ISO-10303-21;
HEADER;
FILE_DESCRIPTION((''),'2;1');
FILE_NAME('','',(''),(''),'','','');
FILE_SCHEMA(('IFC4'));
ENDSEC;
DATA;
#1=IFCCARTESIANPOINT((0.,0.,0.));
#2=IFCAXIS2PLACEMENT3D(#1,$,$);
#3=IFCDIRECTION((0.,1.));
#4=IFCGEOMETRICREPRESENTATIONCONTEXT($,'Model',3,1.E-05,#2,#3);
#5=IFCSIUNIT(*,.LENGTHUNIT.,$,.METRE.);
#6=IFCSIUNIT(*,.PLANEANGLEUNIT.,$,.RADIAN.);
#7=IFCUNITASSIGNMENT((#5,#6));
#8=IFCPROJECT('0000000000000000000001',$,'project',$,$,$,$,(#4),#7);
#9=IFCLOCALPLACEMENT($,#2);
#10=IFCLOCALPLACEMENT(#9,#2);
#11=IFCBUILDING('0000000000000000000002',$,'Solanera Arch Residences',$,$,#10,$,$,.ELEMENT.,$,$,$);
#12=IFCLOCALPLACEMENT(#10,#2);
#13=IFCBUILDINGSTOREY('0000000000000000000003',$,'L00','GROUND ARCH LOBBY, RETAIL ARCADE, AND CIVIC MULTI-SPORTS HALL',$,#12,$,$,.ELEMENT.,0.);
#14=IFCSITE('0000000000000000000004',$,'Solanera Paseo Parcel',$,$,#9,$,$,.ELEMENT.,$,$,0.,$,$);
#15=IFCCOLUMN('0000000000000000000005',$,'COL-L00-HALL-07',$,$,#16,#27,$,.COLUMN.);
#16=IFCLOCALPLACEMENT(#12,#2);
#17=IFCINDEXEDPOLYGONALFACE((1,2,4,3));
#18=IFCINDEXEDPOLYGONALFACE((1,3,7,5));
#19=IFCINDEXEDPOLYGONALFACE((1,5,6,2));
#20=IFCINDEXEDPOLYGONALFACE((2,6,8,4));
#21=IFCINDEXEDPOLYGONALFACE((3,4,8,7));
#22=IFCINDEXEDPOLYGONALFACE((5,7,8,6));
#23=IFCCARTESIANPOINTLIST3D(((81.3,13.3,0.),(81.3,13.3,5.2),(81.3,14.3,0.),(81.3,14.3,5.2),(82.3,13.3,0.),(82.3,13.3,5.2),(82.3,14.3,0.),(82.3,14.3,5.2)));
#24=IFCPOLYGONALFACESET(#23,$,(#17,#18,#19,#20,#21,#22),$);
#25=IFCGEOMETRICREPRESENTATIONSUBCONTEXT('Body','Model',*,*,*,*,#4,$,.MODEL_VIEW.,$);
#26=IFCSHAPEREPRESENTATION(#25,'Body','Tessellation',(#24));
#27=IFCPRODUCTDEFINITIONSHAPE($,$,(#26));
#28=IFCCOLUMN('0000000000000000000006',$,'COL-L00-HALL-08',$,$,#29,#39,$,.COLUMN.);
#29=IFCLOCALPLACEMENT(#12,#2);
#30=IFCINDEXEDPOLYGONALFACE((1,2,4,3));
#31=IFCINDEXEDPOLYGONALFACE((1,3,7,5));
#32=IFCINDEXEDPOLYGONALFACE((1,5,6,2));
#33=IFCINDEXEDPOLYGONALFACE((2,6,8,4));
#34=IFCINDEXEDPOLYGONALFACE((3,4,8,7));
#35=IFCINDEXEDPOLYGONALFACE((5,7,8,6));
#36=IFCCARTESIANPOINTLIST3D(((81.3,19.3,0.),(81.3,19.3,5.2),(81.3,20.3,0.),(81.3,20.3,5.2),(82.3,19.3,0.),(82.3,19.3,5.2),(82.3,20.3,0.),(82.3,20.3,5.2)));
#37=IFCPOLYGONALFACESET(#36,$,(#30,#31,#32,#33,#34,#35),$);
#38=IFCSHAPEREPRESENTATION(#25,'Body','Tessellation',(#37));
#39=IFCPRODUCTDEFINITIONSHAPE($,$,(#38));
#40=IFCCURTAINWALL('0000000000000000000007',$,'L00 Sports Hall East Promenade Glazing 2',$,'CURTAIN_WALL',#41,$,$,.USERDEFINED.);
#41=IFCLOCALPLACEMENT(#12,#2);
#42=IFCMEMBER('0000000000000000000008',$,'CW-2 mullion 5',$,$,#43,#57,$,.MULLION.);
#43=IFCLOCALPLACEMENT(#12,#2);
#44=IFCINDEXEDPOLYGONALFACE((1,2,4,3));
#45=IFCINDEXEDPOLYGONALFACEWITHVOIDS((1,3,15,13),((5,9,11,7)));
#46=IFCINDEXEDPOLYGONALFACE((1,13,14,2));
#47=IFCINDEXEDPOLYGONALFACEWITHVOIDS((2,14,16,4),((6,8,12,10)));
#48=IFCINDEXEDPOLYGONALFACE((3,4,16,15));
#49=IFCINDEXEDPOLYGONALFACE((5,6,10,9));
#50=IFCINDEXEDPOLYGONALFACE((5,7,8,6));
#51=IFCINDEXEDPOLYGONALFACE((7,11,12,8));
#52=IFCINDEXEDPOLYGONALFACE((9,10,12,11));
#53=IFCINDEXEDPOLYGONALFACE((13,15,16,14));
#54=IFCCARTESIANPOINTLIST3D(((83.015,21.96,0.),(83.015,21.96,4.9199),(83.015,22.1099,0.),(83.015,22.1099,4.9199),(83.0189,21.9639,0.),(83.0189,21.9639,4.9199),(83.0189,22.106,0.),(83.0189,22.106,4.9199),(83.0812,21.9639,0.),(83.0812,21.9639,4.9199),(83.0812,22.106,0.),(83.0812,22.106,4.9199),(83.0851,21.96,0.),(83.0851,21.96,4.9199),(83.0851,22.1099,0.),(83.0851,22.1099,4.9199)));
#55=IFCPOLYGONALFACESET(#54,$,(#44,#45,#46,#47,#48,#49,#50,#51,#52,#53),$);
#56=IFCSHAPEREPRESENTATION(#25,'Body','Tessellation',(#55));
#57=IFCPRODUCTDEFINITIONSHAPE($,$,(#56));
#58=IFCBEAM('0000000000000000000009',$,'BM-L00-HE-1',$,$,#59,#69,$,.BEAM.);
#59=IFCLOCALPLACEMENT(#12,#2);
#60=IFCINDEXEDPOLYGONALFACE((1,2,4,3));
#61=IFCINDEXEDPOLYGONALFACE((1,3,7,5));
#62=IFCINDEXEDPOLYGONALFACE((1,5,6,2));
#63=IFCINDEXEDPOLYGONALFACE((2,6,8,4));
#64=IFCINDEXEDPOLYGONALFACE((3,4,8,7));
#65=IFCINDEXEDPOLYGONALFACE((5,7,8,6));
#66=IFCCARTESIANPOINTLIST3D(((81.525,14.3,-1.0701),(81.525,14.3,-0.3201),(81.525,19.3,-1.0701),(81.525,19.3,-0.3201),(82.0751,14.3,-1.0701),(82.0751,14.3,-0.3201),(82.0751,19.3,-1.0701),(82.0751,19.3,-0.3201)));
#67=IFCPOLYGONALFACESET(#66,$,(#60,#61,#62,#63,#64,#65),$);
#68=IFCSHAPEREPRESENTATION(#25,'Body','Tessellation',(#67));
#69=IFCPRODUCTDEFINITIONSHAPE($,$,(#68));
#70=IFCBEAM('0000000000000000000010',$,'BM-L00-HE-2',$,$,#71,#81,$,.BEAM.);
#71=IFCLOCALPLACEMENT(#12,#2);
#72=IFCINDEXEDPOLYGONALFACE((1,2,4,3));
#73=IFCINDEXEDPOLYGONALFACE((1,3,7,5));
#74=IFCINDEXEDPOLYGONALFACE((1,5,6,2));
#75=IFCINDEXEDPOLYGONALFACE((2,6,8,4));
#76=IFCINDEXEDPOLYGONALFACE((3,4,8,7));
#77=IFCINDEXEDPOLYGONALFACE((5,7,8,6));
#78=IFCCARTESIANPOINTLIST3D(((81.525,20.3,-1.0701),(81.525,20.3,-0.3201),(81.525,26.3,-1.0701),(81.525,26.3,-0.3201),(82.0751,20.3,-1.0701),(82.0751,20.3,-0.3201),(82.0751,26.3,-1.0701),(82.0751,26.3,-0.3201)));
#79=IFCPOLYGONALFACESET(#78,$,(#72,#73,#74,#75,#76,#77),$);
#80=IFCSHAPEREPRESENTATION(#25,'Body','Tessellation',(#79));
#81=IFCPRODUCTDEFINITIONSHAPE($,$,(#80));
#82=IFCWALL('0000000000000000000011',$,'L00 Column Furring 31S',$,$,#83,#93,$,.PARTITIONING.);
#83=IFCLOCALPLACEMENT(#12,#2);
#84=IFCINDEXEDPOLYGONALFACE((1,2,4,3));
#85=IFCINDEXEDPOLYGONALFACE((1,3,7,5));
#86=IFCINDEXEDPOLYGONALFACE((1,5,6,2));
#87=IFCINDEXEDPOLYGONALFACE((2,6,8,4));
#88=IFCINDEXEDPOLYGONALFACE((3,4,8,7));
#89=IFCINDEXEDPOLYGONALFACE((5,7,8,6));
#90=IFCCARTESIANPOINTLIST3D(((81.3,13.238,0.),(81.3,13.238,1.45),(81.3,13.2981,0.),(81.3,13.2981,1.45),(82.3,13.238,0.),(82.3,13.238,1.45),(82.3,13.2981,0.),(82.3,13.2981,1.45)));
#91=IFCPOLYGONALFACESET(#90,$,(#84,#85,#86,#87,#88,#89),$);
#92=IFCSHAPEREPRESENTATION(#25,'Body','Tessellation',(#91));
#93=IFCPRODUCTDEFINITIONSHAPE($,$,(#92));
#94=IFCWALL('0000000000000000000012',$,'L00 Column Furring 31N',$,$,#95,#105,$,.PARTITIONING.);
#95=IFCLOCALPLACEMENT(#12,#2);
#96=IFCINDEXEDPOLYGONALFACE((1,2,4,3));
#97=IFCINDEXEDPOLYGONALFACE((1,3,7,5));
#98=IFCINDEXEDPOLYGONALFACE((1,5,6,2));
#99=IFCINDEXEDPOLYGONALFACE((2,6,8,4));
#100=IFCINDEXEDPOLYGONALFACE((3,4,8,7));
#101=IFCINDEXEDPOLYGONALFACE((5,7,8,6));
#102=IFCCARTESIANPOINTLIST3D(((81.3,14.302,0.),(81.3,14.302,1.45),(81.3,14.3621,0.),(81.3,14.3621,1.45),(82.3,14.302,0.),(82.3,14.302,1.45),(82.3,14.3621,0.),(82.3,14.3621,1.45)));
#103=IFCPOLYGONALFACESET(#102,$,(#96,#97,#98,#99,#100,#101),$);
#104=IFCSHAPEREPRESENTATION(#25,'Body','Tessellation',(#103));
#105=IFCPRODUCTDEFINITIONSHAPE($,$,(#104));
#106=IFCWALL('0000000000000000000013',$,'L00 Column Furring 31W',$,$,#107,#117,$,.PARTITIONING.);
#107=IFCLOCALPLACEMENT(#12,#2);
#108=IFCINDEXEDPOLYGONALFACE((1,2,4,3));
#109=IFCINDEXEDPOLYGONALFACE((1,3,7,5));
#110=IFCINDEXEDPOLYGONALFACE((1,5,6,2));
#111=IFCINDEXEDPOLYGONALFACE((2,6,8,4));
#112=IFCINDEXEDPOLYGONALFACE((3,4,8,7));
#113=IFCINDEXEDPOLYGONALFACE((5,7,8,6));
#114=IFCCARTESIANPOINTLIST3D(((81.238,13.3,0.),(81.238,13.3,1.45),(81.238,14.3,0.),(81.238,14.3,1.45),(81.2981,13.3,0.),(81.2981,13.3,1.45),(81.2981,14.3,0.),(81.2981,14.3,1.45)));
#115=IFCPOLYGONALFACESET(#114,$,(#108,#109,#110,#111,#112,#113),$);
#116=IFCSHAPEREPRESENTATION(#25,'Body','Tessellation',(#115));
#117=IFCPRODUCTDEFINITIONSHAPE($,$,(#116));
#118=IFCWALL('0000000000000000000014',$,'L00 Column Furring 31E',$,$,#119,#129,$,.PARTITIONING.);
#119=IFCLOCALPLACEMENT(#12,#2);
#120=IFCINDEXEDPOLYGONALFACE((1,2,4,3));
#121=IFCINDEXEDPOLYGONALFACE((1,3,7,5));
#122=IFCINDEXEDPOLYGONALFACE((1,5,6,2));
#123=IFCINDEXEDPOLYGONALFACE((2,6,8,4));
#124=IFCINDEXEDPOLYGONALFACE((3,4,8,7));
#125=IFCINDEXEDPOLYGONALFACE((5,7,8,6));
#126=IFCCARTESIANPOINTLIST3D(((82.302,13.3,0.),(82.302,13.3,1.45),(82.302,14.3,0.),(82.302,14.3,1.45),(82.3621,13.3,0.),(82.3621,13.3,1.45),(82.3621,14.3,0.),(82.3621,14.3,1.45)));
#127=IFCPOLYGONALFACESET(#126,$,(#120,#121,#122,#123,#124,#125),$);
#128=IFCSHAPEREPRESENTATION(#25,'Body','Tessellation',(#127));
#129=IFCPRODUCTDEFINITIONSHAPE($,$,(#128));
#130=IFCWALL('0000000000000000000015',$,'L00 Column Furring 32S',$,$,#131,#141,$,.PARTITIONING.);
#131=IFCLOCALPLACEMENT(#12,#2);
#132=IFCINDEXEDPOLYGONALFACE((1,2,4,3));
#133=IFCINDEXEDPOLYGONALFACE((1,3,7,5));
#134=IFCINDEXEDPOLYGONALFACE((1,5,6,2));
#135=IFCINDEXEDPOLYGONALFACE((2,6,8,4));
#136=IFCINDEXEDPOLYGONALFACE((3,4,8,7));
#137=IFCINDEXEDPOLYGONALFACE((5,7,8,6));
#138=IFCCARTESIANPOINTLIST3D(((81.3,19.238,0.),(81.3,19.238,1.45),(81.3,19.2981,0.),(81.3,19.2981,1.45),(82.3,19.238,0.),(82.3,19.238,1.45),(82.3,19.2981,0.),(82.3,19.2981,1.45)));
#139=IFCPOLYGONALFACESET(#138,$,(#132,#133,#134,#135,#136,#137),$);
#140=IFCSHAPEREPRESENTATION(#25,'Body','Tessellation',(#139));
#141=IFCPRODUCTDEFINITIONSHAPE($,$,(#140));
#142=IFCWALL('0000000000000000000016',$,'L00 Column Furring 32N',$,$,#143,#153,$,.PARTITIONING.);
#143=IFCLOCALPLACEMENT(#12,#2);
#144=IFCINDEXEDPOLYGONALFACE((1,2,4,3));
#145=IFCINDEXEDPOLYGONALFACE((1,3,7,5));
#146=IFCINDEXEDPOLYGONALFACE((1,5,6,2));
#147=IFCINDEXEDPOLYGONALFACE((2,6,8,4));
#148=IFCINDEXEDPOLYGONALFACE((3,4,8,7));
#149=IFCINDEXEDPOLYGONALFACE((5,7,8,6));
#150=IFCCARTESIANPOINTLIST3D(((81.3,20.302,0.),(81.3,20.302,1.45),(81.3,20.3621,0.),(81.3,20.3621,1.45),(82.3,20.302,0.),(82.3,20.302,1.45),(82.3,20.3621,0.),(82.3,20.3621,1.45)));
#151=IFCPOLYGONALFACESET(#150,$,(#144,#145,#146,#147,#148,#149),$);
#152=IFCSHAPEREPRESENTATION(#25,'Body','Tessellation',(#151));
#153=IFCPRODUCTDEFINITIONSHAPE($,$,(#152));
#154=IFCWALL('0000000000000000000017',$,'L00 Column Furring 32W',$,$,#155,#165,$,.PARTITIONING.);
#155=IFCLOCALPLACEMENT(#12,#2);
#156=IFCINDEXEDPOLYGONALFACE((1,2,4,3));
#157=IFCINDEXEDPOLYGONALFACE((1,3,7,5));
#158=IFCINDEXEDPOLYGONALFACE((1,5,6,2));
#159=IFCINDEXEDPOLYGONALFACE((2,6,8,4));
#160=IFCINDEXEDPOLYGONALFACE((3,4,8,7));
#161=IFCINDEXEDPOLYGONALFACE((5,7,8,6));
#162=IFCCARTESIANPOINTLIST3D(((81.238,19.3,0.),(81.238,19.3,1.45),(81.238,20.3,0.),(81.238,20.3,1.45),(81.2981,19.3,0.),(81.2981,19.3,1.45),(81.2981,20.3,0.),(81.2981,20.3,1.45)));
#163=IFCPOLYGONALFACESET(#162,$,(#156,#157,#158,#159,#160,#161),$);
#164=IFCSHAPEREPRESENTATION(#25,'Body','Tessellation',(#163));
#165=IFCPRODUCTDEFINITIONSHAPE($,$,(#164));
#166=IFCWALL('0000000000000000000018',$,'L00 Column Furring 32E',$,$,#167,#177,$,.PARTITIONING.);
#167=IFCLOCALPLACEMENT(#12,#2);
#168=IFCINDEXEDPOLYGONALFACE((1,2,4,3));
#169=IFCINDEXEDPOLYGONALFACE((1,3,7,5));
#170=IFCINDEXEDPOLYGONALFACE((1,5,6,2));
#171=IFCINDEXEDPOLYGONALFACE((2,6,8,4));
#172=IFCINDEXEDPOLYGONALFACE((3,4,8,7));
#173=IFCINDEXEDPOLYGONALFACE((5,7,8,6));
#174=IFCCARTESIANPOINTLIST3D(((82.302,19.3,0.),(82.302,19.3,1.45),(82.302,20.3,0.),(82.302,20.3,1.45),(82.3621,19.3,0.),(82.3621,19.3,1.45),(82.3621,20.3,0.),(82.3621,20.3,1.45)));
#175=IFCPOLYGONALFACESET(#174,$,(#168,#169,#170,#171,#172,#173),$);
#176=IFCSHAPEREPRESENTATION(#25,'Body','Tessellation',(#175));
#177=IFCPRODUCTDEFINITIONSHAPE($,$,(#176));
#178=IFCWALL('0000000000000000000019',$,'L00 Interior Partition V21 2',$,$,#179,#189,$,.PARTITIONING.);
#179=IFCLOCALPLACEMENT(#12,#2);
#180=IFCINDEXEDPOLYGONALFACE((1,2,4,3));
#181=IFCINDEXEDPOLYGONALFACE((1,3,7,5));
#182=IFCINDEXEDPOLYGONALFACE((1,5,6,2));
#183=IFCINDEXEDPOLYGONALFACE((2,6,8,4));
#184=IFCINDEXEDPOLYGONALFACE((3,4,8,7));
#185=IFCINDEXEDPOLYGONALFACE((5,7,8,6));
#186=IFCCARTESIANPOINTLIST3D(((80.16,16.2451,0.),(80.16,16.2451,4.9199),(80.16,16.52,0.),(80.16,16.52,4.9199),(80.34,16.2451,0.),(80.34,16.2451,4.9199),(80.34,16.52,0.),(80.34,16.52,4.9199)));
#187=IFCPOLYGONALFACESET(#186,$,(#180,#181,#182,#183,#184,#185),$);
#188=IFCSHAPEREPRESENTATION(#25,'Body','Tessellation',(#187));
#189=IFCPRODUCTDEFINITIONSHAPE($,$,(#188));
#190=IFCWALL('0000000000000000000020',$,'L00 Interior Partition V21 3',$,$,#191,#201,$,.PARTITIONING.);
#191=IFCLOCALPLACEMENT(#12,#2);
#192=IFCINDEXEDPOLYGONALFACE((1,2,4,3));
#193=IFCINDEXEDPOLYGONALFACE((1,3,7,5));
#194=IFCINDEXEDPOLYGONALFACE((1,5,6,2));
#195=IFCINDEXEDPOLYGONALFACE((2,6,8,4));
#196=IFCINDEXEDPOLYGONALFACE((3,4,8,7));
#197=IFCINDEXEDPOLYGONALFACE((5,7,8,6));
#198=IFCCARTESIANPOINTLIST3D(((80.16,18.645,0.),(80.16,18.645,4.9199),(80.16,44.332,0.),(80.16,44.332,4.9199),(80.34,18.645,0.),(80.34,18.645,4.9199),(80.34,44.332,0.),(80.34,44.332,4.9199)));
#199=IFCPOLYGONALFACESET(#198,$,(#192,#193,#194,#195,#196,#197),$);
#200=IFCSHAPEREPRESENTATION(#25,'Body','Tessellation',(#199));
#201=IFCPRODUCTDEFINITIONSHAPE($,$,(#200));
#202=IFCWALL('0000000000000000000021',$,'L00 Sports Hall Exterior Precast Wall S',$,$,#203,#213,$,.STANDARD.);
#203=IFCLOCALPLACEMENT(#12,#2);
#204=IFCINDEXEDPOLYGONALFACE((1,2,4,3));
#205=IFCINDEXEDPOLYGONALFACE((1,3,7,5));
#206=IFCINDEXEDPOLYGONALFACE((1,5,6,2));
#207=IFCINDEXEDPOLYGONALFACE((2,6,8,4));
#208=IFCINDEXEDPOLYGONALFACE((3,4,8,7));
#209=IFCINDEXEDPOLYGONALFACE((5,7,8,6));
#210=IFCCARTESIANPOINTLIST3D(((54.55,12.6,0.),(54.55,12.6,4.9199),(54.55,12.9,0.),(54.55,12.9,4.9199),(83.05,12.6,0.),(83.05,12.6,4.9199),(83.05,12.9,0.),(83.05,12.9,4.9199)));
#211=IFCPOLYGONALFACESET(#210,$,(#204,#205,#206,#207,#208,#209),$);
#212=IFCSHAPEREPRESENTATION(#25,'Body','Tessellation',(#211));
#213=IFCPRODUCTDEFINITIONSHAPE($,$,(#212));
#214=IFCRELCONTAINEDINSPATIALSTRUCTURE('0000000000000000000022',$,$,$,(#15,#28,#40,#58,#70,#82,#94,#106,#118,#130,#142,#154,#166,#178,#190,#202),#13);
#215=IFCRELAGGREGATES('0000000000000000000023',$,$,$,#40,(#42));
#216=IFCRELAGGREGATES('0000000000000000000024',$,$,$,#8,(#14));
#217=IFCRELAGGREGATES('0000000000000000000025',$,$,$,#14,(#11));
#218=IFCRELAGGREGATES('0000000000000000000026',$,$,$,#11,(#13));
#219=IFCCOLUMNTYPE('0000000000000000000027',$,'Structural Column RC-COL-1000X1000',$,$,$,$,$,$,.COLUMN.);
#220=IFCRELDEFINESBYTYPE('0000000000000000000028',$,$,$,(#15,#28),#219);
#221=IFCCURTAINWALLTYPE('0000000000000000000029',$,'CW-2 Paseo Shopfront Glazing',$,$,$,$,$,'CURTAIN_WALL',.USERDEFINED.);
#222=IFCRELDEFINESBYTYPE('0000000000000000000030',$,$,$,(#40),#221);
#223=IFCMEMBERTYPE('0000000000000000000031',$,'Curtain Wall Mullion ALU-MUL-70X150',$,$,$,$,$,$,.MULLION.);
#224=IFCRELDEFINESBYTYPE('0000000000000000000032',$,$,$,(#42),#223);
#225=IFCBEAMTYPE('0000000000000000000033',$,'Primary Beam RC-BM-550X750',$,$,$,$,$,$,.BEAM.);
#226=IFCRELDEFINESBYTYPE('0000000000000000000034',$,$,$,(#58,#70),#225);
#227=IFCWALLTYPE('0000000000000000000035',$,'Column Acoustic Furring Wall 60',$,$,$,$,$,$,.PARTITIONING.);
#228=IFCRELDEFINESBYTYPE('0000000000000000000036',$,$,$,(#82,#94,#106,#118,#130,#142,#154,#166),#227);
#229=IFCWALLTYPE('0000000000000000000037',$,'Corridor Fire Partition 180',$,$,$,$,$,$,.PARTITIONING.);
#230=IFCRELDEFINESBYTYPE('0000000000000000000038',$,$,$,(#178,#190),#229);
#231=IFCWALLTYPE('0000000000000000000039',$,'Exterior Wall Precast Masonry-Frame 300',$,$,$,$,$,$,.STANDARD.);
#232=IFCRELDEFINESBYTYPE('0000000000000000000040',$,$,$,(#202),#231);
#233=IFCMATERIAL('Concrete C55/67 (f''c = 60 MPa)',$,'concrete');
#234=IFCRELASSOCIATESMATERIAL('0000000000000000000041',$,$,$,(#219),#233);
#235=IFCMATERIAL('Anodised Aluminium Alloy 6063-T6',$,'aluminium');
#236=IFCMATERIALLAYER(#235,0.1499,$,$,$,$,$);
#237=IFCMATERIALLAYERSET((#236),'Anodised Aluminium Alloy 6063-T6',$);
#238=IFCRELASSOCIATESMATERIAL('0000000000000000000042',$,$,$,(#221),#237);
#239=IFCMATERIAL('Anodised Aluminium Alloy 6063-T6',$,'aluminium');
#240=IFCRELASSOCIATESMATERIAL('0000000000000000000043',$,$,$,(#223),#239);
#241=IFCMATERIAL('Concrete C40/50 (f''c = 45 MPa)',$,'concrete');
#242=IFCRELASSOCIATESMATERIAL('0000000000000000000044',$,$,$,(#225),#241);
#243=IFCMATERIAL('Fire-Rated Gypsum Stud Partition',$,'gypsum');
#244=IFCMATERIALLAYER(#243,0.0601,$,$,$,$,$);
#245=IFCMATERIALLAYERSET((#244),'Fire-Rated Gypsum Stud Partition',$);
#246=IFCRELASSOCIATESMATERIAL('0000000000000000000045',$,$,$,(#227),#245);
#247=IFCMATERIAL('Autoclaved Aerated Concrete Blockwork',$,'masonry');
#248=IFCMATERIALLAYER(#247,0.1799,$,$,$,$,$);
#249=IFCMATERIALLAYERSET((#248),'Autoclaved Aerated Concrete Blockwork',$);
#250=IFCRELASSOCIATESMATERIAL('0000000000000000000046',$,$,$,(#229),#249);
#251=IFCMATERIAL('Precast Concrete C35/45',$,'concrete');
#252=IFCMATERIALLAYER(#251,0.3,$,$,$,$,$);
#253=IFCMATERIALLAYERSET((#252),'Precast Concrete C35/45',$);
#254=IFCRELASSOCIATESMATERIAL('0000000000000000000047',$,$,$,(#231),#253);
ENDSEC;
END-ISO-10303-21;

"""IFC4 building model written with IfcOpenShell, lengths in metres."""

from ifc_helpers import new_model, si_unit, direction, frame, frame_2d, origin, origin_2d, place, context, subcontext, project, spatial, rectangle, hollow_rectangle, extrude, material, layer, layer_set, material_profile, profile_set, type_object, element, aggregate, save


model = new_model("IFC4")

# Units and contexts
model_context = context("Model", 3, precision=1e-05, world=origin(), true_north=direction((0.0, 1.0)))
body_context = subcontext(model_context, "Body", "Model", "MODEL_VIEW")
ifc_project = project(units=[si_unit("LENGTHUNIT", "METRE"), si_unit("PLANEANGLEUNIT", "RADIAN")], contexts=[model_context])

# Site, building, storey
site_placement = place(None, origin())
site = spatial("IfcSite", under=ifc_project, at=site_placement, Name="Solanera Paseo Parcel", CompositionType="ELEMENT", RefElevation=0.0)
building_placement = place(site_placement, origin())
building = spatial("IfcBuilding", under=site, at=building_placement, Name="Solanera Arch Residences", CompositionType="ELEMENT")
storey_placement = place(building_placement, origin())
storey = spatial("IfcBuildingStorey", under=building, at=storey_placement, Name="L00", Description="GROUND ARCH LOBBY, RETAIL ARCADE, AND CIVIC MULTI-SPORTS HALL", CompositionType="ELEMENT", Elevation=0.0)

# Columns
ifc_material_1 = material(Name="Concrete C55/67 (f'c = 60 MPa)", Category="concrete")
ifc_material_profile_1 = material_profile(ifc_material_1, rectangle(XDim=1.0, YDim=1.0, at=origin_2d()))
ifc_profile_set_1 = profile_set([ifc_material_profile_1], Name="Concrete C55/67 (f'c = 60 MPa)")
column_type = type_object("IfcColumnType", Name="Structural Column RC-COL-1000X1000", PredefinedType="COLUMN", material=ifc_profile_set_1)
for number, where, z_axis, x_axis, name in (
    (1, (81.8, 13.8, 0.0), (0.0, 0.0, 1.0), (1.0, 0.0, 0.0), "COL-L00-HALL-07"),
    (2, (81.8, 19.8, 0.0), (0.0, 0.0, 1.0), (1.0, 0.0, 0.0), "COL-L00-HALL-08"),
):
    element("IfcColumn", number, at=place(storey_placement, frame(where, z_axis=z_axis, x_axis=x_axis)), inside=storey, type_object=column_type, Name=name, PredefinedType="COLUMN", context=body_context, shape_type="SweptSolid", body=[
        extrude(rectangle(XDim=1.0, YDim=1.0, at=origin_2d()), origin(), (0.0, 0.0, 1.0), 5.2),
    ])

# Curtain wall, member
ifc_material_2 = material(Name="Anodised Aluminium Alloy 6063-T6", Category="aluminium")
ifc_layer_1 = layer(ifc_material_2, 0.1499)
ifc_layer_set_1 = layer_set([ifc_layer_1], Name="Anodised Aluminium Alloy 6063-T6")
curtain_wall_type = type_object("IfcCurtainWallType", Name="CW-2 Paseo Shopfront Glazing", ElementType="CURTAIN_WALL", PredefinedType="USERDEFINED", material=ifc_layer_set_1)
curtain_wall_placement = place(storey_placement, origin())
curtain_wall = element("IfcCurtainWall", 3, at=curtain_wall_placement, inside=storey, type_object=curtain_wall_type, Name="L00 Sports Hall East Promenade Glazing 2", ObjectType="CURTAIN_WALL", PredefinedType="USERDEFINED")
ifc_material_3 = material(Name="Anodised Aluminium Alloy 6063-T6", Category="aluminium")
ifc_material_profile_2 = material_profile(ifc_material_3, hollow_rectangle(XDim=0.0701, YDim=0.1499, WallThickness=0.0039, at=origin_2d()))
ifc_profile_set_2 = profile_set([ifc_material_profile_2], Name="Anodised Aluminium Alloy 6063-T6")
member_type = type_object("IfcMemberType", Name="Curtain Wall Mullion ALU-MUL-70X150", PredefinedType="MULLION", material=ifc_profile_set_2)
member_placement = place(storey_placement, frame((83.05, 22.0349, 0.0), z_axis=(0.0, 0.0, 1.0), x_axis=(1.0, 0.0, 0.0)))
member = element("IfcMember", 4, at=member_placement, type_object=member_type, Name="CW-2 mullion 5", PredefinedType="MULLION", context=body_context, shape_type="SweptSolid", body=[
    extrude(hollow_rectangle(XDim=0.0701, YDim=0.1499, WallThickness=0.0039, at=origin_2d()), origin(), (0.0, 0.0, 1.0), 4.9199),
])
aggregate(curtain_wall, [member])

# Beams
ifc_material_4 = material(Name="Concrete C40/50 (f'c = 45 MPa)", Category="concrete")
ifc_material_profile_3 = material_profile(ifc_material_4, rectangle(XDim=0.55, YDim=0.75, at=origin_2d()))
ifc_profile_set_3 = profile_set([ifc_material_profile_3], Name="Concrete C40/50 (f'c = 45 MPa)")
beam_type = type_object("IfcBeamType", Name="Primary Beam RC-BM-550X750", PredefinedType="BEAM", material=ifc_profile_set_3)
beam_1_placement = place(storey_placement, frame((81.8, 14.3, -0.6951), z_axis=(0.0, 1.0, 0.0), x_axis=(-1.0, 0.0, 0.0)))
element("IfcBeam", 5, at=beam_1_placement, inside=storey, type_object=beam_type, Name="BM-L00-HE-1", PredefinedType="BEAM", context=body_context, shape_type="SweptSolid", body=[
    extrude(rectangle(XDim=0.55, YDim=0.75, at=origin_2d()), origin(), (0.0, 0.0, 1.0), 5.0),
])
beam_2_placement = place(storey_placement, frame((81.8, 20.3, -0.6951), z_axis=(0.0, 1.0, 0.0), x_axis=(-1.0, 0.0, 0.0)))
element("IfcBeam", 6, at=beam_2_placement, inside=storey, type_object=beam_type, Name="BM-L00-HE-2", PredefinedType="BEAM", context=body_context, shape_type="SweptSolid", body=[
    extrude(rectangle(XDim=0.55, YDim=0.75, at=origin_2d()), origin(), (0.0, 0.0, 1.0), 6.0),
])

# Walls
ifc_material_5 = material(Name="Fire-Rated Gypsum Stud Partition", Category="gypsum")
ifc_layer_2 = layer(ifc_material_5, 0.0601)
ifc_layer_set_2 = layer_set([ifc_layer_2], Name="Fire-Rated Gypsum Stud Partition")
wall_type_1 = type_object("IfcWallType", Name="Column Acoustic Furring Wall 60", PredefinedType="PARTITIONING", material=ifc_layer_set_2)
for number, where, z_axis, x_axis, name in (
    (7, (81.3, 13.2681, 0.0), (0.0, 0.0, 1.0), (1.0, 0.0, 0.0), "L00 Column Furring 31S"),
    (8, (81.3, 14.332, 0.0), (0.0, 0.0, 1.0), (1.0, 0.0, 0.0), "L00 Column Furring 31N"),
    (9, (81.2681, 13.3, 0.0), (0.0, 0.0, 1.0), (0.0, 1.0, 0.0), "L00 Column Furring 31W"),
    (10, (82.332, 13.3, 0.0), (0.0, 0.0, 1.0), (0.0, 1.0, 0.0), "L00 Column Furring 31E"),
    (11, (81.3, 19.2681, 0.0), (0.0, 0.0, 1.0), (1.0, 0.0, 0.0), "L00 Column Furring 32S"),
    (12, (81.3, 20.332, 0.0), (0.0, 0.0, 1.0), (1.0, 0.0, 0.0), "L00 Column Furring 32N"),
    (13, (81.2681, 19.3, 0.0), (0.0, 0.0, 1.0), (0.0, 1.0, 0.0), "L00 Column Furring 32W"),
    (14, (82.332, 19.3, 0.0), (0.0, 0.0, 1.0), (0.0, 1.0, 0.0), "L00 Column Furring 32E"),
):
    element("IfcWall", number, at=place(storey_placement, frame(where, z_axis=z_axis, x_axis=x_axis)), inside=storey, type_object=wall_type_1, Name=name, PredefinedType="PARTITIONING", context=body_context, shape_type="SweptSolid", body=[
        extrude(rectangle(XDim=1.0, YDim=0.0601, at=frame_2d((0.5, 0.0))), origin(), (0.0, 0.0, 1.0), 1.45),
    ])
ifc_material_6 = material(Name="Autoclaved Aerated Concrete Blockwork", Category="masonry")
ifc_layer_3 = layer(ifc_material_6, 0.1799)
ifc_layer_set_3 = layer_set([ifc_layer_3], Name="Autoclaved Aerated Concrete Blockwork")
wall_type_2 = type_object("IfcWallType", Name="Corridor Fire Partition 180", PredefinedType="PARTITIONING", material=ifc_layer_set_3)
wall_1_placement = place(storey_placement, frame((80.25, 16.2451, 0.0), z_axis=(0.0, 0.0, 1.0), x_axis=(0.0, 1.0, 0.0)))
element("IfcWall", 15, at=wall_1_placement, inside=storey, type_object=wall_type_2, Name="L00 Interior Partition V21 2", PredefinedType="PARTITIONING", context=body_context, shape_type="SweptSolid", body=[
    extrude(rectangle(XDim=0.2749, YDim=0.1799, at=frame_2d((0.1375, 0.0))), origin(), (0.0, 0.0, 1.0), 4.9199),
])
wall_2_placement = place(storey_placement, frame((80.25, 18.645, 0.0), z_axis=(0.0, 0.0, 1.0), x_axis=(0.0, 1.0, 0.0)))
element("IfcWall", 16, at=wall_2_placement, inside=storey, type_object=wall_type_2, Name="L00 Interior Partition V21 3", PredefinedType="PARTITIONING", context=body_context, shape_type="SweptSolid", body=[
    extrude(rectangle(XDim=25.687, YDim=0.1799, at=frame_2d((12.8435, 0.0))), origin(), (0.0, 0.0, 1.0), 4.9199),
])
ifc_material_7 = material(Name="Precast Concrete C35/45", Category="concrete")
ifc_layer_4 = layer(ifc_material_7, 0.3)
ifc_layer_set_4 = layer_set([ifc_layer_4], Name="Precast Concrete C35/45")
wall_type_3 = type_object("IfcWallType", Name="Exterior Wall Precast Masonry-Frame 300", PredefinedType="STANDARD", material=ifc_layer_set_4)
wall_3_placement = place(storey_placement, frame((83.05, 12.75, 0.0), z_axis=(0.0, 0.0, 1.0), x_axis=(-1.0, 0.0, 0.0)))
element("IfcWall", 17, at=wall_3_placement, inside=storey, type_object=wall_type_3, Name="L00 Sports Hall Exterior Precast Wall S", PredefinedType="STANDARD", context=body_context, shape_type="SweptSolid", body=[
    extrude(rectangle(XDim=28.5, YDim=0.3, at=frame_2d((14.25, 0.0))), origin(), (0.0, 0.0, 1.0), 4.9199),
])

save(model, "model.ifc")
